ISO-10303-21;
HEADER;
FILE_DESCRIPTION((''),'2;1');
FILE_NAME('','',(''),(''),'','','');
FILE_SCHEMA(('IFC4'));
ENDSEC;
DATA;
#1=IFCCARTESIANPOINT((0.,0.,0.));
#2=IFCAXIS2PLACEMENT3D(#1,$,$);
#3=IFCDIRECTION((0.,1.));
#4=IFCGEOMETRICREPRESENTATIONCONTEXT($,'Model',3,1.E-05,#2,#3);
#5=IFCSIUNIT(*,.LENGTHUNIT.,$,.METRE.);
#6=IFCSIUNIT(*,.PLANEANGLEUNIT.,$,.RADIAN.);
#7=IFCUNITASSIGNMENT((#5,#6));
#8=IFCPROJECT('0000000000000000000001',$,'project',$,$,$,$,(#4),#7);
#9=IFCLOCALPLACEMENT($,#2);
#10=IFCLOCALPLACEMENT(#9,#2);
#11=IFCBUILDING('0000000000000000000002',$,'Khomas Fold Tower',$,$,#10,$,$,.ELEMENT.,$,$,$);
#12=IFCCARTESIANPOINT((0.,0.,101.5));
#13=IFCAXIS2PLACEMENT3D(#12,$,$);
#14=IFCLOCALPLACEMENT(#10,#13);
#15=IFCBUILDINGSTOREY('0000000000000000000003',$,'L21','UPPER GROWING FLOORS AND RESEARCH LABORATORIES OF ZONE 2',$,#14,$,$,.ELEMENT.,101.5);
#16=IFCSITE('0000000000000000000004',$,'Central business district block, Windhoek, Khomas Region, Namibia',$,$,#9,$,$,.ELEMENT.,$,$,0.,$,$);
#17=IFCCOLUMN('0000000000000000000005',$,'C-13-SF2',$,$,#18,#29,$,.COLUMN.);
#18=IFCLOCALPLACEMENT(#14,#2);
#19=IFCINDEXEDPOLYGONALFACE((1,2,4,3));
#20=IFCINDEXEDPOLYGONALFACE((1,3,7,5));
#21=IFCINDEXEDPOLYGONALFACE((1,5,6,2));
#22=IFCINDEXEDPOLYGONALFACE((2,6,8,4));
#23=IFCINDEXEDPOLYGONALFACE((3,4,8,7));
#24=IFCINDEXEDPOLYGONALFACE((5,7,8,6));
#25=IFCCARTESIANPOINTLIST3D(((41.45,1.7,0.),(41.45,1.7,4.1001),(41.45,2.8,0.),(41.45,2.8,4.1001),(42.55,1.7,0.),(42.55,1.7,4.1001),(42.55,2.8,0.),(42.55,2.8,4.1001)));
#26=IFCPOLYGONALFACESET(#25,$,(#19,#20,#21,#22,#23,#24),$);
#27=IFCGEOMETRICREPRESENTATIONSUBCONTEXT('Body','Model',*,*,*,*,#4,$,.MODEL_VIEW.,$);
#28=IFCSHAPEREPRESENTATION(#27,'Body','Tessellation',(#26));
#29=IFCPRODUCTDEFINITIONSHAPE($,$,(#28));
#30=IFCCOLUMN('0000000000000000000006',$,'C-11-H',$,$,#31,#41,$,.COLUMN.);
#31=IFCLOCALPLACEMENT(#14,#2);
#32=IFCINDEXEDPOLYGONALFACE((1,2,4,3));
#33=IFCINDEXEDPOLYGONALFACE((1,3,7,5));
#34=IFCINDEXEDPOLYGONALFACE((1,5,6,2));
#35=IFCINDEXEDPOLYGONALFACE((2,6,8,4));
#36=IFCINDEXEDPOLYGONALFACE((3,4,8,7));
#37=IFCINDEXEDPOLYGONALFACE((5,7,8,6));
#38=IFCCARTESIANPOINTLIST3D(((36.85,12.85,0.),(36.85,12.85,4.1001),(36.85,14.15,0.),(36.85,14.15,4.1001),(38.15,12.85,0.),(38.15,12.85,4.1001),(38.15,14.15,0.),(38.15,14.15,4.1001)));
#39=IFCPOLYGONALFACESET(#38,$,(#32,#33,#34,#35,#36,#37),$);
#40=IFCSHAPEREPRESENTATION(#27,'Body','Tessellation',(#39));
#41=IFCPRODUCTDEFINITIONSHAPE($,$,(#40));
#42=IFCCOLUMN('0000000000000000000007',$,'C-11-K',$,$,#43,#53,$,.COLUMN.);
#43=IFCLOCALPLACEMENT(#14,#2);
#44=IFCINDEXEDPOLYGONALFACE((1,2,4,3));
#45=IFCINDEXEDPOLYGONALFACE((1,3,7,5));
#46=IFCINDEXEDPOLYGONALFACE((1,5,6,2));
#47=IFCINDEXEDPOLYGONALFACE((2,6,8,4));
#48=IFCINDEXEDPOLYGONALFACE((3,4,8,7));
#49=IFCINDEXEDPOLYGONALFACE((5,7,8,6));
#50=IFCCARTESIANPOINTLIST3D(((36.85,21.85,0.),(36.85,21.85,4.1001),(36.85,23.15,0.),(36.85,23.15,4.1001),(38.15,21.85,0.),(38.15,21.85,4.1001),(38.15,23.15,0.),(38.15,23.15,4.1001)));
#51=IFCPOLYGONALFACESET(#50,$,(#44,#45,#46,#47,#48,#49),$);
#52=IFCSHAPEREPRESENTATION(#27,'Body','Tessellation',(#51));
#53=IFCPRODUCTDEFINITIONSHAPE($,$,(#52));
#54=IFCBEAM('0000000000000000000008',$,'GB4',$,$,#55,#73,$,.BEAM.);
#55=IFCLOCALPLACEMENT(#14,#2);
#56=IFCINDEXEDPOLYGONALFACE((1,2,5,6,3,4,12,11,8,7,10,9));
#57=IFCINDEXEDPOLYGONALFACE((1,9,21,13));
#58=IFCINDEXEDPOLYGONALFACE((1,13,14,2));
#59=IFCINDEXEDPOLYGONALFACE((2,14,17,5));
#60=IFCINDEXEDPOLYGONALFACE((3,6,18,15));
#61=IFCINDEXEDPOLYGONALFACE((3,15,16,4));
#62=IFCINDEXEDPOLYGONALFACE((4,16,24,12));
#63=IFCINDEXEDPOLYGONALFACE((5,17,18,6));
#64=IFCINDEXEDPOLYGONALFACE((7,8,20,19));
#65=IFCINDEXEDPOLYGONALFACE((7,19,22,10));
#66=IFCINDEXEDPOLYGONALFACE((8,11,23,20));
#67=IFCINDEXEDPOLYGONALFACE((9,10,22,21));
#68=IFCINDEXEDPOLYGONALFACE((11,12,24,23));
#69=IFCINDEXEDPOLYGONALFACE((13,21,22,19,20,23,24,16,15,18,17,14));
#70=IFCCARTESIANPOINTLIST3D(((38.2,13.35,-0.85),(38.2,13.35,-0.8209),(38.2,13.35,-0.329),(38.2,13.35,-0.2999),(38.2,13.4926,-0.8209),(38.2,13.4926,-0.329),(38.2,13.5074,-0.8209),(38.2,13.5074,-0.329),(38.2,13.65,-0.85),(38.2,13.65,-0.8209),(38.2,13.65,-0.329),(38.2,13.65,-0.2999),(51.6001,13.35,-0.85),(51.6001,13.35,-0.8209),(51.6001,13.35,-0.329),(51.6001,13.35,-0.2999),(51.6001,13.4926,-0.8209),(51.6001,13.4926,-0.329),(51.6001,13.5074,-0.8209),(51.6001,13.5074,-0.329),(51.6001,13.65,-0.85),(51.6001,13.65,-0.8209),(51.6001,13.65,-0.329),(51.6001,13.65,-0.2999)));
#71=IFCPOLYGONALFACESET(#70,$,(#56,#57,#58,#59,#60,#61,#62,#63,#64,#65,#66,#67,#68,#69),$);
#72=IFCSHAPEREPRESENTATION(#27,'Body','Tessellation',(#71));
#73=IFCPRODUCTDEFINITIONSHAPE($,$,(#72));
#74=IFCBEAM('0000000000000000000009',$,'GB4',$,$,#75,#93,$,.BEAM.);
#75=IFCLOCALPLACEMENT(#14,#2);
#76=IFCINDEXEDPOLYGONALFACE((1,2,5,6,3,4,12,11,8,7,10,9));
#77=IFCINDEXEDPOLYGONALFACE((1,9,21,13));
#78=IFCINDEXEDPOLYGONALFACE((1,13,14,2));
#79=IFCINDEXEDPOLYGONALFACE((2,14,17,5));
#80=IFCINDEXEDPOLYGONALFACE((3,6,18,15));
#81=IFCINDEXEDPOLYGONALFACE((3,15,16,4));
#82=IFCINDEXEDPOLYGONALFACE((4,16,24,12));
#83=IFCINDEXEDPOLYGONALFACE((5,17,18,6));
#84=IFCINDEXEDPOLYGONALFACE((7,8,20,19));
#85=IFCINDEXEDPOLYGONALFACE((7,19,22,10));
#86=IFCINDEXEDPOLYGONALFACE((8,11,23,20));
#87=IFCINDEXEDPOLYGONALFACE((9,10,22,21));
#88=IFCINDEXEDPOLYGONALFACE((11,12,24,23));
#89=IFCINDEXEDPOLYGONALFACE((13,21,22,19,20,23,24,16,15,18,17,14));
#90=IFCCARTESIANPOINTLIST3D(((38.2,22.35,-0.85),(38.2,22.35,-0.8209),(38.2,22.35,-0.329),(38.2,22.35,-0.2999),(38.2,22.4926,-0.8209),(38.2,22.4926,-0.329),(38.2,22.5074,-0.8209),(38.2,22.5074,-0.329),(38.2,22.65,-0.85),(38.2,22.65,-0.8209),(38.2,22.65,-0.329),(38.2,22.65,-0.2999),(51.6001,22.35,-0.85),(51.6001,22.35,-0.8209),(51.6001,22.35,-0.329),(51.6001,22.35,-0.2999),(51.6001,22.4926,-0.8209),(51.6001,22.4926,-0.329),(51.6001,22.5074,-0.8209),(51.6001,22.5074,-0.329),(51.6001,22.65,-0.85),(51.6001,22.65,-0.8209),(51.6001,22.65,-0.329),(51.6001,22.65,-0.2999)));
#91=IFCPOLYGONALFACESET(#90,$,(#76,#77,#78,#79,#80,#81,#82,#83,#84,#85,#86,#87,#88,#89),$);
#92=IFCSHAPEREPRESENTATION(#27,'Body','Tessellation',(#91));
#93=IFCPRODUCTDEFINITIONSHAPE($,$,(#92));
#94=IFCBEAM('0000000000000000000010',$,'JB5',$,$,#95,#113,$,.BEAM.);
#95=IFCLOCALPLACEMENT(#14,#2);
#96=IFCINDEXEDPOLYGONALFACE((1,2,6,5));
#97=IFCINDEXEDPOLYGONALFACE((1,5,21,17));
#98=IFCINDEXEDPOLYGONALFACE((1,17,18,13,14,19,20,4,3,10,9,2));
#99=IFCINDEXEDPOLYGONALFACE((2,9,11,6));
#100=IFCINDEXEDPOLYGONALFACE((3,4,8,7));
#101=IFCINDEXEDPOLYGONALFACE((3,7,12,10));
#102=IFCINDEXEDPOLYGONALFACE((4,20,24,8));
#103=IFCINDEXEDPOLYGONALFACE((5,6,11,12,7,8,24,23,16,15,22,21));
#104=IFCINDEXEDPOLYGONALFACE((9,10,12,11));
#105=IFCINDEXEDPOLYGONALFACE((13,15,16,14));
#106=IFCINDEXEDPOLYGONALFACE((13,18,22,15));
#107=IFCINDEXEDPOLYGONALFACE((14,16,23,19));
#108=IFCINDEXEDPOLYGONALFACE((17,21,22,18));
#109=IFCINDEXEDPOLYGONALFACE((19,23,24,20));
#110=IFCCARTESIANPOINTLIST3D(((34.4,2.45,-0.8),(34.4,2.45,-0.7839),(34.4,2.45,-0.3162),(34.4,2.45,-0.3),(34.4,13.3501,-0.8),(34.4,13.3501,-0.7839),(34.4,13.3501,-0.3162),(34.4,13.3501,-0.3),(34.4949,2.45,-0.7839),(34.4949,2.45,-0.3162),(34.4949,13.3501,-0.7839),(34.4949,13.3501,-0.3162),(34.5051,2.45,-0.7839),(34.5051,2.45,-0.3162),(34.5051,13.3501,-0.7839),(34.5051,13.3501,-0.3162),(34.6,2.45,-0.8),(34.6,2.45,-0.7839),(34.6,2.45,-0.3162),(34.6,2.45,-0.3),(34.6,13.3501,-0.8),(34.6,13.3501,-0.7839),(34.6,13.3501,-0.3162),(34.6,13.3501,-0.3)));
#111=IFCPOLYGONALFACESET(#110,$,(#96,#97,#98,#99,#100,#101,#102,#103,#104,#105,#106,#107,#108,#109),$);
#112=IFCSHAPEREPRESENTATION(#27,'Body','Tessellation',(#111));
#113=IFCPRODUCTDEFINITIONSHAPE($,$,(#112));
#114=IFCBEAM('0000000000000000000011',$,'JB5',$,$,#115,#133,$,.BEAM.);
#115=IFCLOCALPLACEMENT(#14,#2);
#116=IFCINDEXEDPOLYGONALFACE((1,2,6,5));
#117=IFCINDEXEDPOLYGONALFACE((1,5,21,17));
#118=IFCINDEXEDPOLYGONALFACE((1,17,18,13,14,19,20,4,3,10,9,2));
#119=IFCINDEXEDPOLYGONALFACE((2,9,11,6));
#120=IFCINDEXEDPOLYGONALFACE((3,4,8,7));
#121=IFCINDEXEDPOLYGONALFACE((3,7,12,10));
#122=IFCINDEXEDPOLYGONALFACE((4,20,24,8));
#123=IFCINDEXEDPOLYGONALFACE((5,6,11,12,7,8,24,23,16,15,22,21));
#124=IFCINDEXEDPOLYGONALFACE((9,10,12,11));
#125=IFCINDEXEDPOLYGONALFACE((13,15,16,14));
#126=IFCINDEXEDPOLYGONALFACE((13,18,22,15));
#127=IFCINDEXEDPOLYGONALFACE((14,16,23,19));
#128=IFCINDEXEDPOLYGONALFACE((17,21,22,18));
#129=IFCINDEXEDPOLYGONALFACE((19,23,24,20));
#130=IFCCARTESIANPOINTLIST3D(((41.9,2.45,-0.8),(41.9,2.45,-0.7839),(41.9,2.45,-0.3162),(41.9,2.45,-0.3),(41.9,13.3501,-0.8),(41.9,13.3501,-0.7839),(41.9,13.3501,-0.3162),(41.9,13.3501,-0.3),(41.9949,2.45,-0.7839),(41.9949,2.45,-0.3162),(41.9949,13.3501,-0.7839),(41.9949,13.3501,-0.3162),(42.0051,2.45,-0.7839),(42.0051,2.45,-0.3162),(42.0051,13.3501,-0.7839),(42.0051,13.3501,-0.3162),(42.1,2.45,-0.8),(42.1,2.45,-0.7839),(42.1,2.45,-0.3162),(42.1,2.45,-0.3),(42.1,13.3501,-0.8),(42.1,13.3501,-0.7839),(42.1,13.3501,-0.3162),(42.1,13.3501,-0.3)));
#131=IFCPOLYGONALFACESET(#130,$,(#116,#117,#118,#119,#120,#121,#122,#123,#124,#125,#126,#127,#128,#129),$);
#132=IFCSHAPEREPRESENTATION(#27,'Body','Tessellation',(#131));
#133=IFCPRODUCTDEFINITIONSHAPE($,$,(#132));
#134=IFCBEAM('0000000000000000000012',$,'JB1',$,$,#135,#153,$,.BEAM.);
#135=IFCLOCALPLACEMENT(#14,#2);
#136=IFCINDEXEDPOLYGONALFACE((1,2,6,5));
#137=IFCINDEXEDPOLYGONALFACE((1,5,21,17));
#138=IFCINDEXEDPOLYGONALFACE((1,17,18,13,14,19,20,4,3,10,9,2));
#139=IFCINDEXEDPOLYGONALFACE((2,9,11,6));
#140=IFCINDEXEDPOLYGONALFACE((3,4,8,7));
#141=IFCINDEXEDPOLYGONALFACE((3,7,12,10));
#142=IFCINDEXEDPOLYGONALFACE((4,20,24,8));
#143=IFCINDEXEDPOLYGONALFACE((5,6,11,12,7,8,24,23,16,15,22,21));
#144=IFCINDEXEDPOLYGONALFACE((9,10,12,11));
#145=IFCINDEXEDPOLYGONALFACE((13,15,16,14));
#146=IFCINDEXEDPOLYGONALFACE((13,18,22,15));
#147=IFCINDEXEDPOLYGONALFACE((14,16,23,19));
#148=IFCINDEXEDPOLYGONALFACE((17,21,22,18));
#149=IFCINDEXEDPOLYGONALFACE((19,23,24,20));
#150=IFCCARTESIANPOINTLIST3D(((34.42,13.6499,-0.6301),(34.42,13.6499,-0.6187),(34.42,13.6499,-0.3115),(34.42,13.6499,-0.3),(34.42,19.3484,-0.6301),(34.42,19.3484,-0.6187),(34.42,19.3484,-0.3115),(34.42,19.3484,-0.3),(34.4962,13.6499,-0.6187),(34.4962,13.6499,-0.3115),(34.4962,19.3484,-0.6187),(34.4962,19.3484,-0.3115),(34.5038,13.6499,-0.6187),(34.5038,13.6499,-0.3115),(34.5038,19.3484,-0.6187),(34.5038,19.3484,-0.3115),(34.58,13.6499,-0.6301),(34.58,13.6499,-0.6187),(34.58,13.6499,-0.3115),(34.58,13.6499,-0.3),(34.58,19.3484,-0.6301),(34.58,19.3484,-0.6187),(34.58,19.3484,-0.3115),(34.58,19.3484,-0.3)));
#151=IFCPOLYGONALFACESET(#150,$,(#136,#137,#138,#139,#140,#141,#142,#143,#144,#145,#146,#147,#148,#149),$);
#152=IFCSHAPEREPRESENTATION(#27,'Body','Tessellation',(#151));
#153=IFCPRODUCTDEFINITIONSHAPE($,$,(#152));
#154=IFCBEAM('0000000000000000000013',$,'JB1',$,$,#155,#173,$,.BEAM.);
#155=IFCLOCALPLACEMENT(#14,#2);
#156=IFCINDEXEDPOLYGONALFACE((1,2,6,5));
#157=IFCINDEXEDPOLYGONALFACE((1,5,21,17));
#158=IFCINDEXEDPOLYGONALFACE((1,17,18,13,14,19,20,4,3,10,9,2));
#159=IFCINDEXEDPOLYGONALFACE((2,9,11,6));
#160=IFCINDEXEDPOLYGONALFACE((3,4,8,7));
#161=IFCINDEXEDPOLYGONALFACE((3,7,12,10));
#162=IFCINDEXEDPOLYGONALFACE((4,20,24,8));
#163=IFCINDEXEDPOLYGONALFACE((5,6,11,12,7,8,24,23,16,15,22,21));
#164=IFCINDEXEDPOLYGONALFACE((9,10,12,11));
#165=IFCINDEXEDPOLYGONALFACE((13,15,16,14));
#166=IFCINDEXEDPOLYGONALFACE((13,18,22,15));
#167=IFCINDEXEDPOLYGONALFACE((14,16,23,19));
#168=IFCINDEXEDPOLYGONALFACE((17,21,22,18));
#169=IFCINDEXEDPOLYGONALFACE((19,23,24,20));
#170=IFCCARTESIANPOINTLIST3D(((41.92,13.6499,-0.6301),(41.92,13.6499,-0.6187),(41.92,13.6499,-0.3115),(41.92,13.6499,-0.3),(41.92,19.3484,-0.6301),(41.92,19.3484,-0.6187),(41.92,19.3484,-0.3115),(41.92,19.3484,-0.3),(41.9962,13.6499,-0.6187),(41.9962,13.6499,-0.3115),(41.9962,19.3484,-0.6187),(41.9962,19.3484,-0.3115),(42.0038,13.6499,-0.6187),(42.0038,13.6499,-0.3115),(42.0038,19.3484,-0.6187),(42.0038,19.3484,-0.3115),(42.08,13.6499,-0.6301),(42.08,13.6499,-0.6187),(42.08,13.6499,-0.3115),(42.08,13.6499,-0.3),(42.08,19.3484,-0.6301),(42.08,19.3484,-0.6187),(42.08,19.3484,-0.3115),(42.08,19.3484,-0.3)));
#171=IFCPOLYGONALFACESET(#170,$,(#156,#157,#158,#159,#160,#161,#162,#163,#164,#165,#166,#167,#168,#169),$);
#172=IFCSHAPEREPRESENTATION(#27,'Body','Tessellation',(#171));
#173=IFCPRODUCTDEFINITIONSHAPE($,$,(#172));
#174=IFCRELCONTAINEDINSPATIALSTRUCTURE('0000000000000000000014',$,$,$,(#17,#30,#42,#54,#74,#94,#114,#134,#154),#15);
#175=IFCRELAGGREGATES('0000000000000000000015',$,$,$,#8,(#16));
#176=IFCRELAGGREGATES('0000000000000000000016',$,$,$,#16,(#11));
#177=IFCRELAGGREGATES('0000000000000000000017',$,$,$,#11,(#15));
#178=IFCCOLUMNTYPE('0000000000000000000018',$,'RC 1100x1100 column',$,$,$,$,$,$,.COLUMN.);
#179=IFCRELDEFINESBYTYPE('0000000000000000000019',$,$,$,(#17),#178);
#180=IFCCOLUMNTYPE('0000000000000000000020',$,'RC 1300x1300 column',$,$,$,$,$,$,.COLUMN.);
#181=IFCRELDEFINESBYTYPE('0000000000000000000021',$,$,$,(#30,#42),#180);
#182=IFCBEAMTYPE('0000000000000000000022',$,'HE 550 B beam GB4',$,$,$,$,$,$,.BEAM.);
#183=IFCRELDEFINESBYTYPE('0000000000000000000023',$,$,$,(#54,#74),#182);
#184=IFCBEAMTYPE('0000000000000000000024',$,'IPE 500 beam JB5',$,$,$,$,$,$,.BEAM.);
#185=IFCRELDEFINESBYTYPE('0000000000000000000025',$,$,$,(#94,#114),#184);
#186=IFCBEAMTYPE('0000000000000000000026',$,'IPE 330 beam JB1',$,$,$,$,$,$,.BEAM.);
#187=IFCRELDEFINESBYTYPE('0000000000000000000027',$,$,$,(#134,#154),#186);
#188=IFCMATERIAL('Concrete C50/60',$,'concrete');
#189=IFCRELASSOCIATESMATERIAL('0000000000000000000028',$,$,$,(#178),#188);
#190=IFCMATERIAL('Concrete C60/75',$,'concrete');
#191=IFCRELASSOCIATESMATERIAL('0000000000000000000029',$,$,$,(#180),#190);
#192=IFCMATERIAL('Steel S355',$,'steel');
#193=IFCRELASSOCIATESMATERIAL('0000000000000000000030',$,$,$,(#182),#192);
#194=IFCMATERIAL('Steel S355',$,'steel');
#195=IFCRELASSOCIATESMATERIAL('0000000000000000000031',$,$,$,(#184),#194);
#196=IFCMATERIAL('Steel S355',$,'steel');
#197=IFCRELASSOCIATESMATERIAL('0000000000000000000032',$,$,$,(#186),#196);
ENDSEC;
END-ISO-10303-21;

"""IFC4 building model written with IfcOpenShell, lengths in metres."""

from ifc_helpers import new_model, si_unit, direction, frame, origin, origin_2d, place, context, subcontext, project, spatial, rectangle, i_section, extrude, source, transform, mapped, material, material_profile, profile_set, type_object, element, save


model = new_model("IFC4")

# Units and contexts
model_context = context("Model", 3, precision=1e-05, world=origin(), true_north=direction((0.0, 1.0)))
body_context = subcontext(model_context, "Body", "Model", "MODEL_VIEW")
ifc_project = project(units=[si_unit("LENGTHUNIT", "METRE"), si_unit("PLANEANGLEUNIT", "RADIAN")], contexts=[model_context])

# Site, building, storey
site_placement = place(None, origin())
site = spatial("IfcSite", under=ifc_project, at=site_placement, Name="Central business district block, Windhoek, Khomas Region, Namibia", CompositionType="ELEMENT", RefElevation=0.0)
building_placement = place(site_placement, origin())
building = spatial("IfcBuilding", under=site, at=building_placement, Name="Khomas Fold Tower", CompositionType="ELEMENT")
storey_placement = place(building_placement, frame((0.0, 0.0, 101.5)))
storey = spatial("IfcBuildingStorey", under=building, at=storey_placement, Name="L21", Description="UPPER GROWING FLOORS AND RESEARCH LABORATORIES OF ZONE 2", CompositionType="ELEMENT", Elevation=101.5)

# Columns
ifc_material_1 = material(Name="Concrete C50/60", Category="concrete")
ifc_material_profile_1 = material_profile(ifc_material_1, rectangle(XDim=1.1001, YDim=1.1001, at=origin_2d()), Name="RC 1100x1100")
ifc_profile_set_1 = profile_set([ifc_material_profile_1], Name="Concrete C50/60")
column_type_1 = type_object("IfcColumnType", Name="RC 1100x1100 column", PredefinedType="COLUMN", material=ifc_profile_set_1)
shared_shape_1 = source(origin(), body_context, "Body", "SweptSolid", [
    extrude(rectangle(XDim=1.1001, YDim=1.1001, at=origin_2d()), origin(), (0.0, 0.0, 1.0), 4.1001),
])
column_placement = place(storey_placement, frame((42.0, 2.25, 0.0), z_axis=(0.0, 0.0, 1.0), x_axis=(1.0, 0.0, 0.0)))
element("IfcColumn", 1, at=column_placement, inside=storey, type_object=column_type_1, Name="C-13-SF2", PredefinedType="COLUMN", context=body_context, shape_type="MappedRepresentation", body=[
    mapped(shared_shape_1, transform((0.0, 0.0, 0.0))),
])
ifc_material_2 = material(Name="Concrete C60/75", Category="concrete")
ifc_material_profile_2 = material_profile(ifc_material_2, rectangle(XDim=1.3, YDim=1.3, at=origin_2d()), Name="RC 1300x1300")
ifc_profile_set_2 = profile_set([ifc_material_profile_2], Name="Concrete C60/75")
column_type_2 = type_object("IfcColumnType", Name="RC 1300x1300 column", PredefinedType="COLUMN", material=ifc_profile_set_2)
shared_shape_2 = source(origin(), body_context, "Body", "SweptSolid", [
    extrude(rectangle(XDim=1.3, YDim=1.3, at=origin_2d()), origin(), (0.0, 0.0, 1.0), 4.1001),
])
for number, where, z_axis, x_axis, name in (
    (2, (37.5, 13.5, 0.0), (0.0, 0.0, 1.0), (1.0, 0.0, 0.0), "C-11-H"),
    (3, (37.5, 22.5, 0.0), (0.0, 0.0, 1.0), (1.0, 0.0, 0.0), "C-11-K"),
):
    element("IfcColumn", number, at=place(storey_placement, frame(where, z_axis=z_axis, x_axis=x_axis)), inside=storey, type_object=column_type_2, Name=name, PredefinedType="COLUMN", context=body_context, shape_type="MappedRepresentation", body=[
        mapped(shared_shape_2, transform((0.0, 0.0, 0.0))),
    ])

# Beams
ifc_material_3 = material(Name="Steel S355", Category="steel")
ifc_material_profile_3 = material_profile(ifc_material_3, i_section(OverallWidth=0.3, OverallDepth=0.55, WebThickness=0.0149, FlangeThickness=0.0291, at=origin_2d()), Name="HE 550 B")
ifc_profile_set_3 = profile_set([ifc_material_profile_3], Name="Steel S355")
beam_type_1 = type_object("IfcBeamType", Name="HE 550 B beam GB4", PredefinedType="BEAM", material=ifc_profile_set_3)
shared_shape_3 = source(origin(), body_context, "Body", "SweptSolid", [
    extrude(i_section(OverallWidth=0.3, OverallDepth=0.55, WebThickness=0.0149, FlangeThickness=0.0291, at=origin_2d()), origin(), (0.0, 0.0, 1.0), 13.4001),
])
for number, where, z_axis, x_axis, name in (
    (4, (38.2, 13.5, -0.575), (1.0, 0.0, 0.0), (0.0, 1.0, 0.0), "GB4"),
    (5, (38.2, 22.5, -0.575), (1.0, 0.0, 0.0), (0.0, 1.0, 0.0), "GB4"),
):
    element("IfcBeam", number, at=place(storey_placement, frame(where, z_axis=z_axis, x_axis=x_axis)), inside=storey, type_object=beam_type_1, Name=name, PredefinedType="BEAM", context=body_context, shape_type="MappedRepresentation", body=[
        mapped(shared_shape_3, transform((0.0, 0.0, 0.0))),
    ])
ifc_material_4 = material(Name="Steel S355", Category="steel")
ifc_material_profile_4 = material_profile(ifc_material_4, i_section(OverallWidth=0.2, OverallDepth=0.5, WebThickness=0.0103, FlangeThickness=0.0161, at=origin_2d()), Name="IPE 500")
ifc_profile_set_4 = profile_set([ifc_material_profile_4], Name="Steel S355")
beam_type_2 = type_object("IfcBeamType", Name="IPE 500 beam JB5", PredefinedType="BEAM", material=ifc_profile_set_4)
shared_shape_4 = source(origin(), body_context, "Body", "SweptSolid", [
    extrude(i_section(OverallWidth=0.2, OverallDepth=0.5, WebThickness=0.0103, FlangeThickness=0.0161, at=origin_2d()), origin(), (0.0, 0.0, 1.0), 10.9001),
])
for number, where, z_axis, x_axis, name in (
    (6, (34.5, 2.45, -0.55), (0.0, 1.0, 0.0), (-1.0, 0.0, 0.0), "JB5"),
    (7, (42.0, 2.45, -0.55), (0.0, 1.0, 0.0), (-1.0, 0.0, 0.0), "JB5"),
):
    element("IfcBeam", number, at=place(storey_placement, frame(where, z_axis=z_axis, x_axis=x_axis)), inside=storey, type_object=beam_type_2, Name=name, PredefinedType="BEAM", context=body_context, shape_type="MappedRepresentation", body=[
        mapped(shared_shape_4, transform((0.0, 0.0, 0.0))),
    ])
ifc_material_5 = material(Name="Steel S355", Category="steel")
ifc_material_profile_5 = material_profile(ifc_material_5, i_section(OverallWidth=0.1599, OverallDepth=0.3301, WebThickness=0.0076, FlangeThickness=0.0115, at=origin_2d()), Name="IPE 330")
ifc_profile_set_5 = profile_set([ifc_material_profile_5], Name="Steel S355")
beam_type_3 = type_object("IfcBeamType", Name="IPE 330 beam JB1", PredefinedType="BEAM", material=ifc_profile_set_5)
shared_shape_5 = source(origin(), body_context, "Body", "SweptSolid", [
    extrude(i_section(OverallWidth=0.1599, OverallDepth=0.3301, WebThickness=0.0076, FlangeThickness=0.0115, at=origin_2d()), origin(), (0.0, 0.0, 1.0), 5.6985),
])
for number, where, z_axis, x_axis, name in (
    (8, (34.5, 13.6499, -0.4651), (0.0, 1.0, 0.0), (-1.0, 0.0, 0.0), "JB1"),
    (9, (42.0, 13.6499, -0.4651), (0.0, 1.0, 0.0), (-1.0, 0.0, 0.0), "JB1"),
):
    element("IfcBeam", number, at=place(storey_placement, frame(where, z_axis=z_axis, x_axis=x_axis)), inside=storey, type_object=beam_type_3, Name=name, PredefinedType="BEAM", context=body_context, shape_type="MappedRepresentation", body=[
        mapped(shared_shape_5, transform((0.0, 0.0, 0.0))),
    ])

save(model, "model.ifc")
